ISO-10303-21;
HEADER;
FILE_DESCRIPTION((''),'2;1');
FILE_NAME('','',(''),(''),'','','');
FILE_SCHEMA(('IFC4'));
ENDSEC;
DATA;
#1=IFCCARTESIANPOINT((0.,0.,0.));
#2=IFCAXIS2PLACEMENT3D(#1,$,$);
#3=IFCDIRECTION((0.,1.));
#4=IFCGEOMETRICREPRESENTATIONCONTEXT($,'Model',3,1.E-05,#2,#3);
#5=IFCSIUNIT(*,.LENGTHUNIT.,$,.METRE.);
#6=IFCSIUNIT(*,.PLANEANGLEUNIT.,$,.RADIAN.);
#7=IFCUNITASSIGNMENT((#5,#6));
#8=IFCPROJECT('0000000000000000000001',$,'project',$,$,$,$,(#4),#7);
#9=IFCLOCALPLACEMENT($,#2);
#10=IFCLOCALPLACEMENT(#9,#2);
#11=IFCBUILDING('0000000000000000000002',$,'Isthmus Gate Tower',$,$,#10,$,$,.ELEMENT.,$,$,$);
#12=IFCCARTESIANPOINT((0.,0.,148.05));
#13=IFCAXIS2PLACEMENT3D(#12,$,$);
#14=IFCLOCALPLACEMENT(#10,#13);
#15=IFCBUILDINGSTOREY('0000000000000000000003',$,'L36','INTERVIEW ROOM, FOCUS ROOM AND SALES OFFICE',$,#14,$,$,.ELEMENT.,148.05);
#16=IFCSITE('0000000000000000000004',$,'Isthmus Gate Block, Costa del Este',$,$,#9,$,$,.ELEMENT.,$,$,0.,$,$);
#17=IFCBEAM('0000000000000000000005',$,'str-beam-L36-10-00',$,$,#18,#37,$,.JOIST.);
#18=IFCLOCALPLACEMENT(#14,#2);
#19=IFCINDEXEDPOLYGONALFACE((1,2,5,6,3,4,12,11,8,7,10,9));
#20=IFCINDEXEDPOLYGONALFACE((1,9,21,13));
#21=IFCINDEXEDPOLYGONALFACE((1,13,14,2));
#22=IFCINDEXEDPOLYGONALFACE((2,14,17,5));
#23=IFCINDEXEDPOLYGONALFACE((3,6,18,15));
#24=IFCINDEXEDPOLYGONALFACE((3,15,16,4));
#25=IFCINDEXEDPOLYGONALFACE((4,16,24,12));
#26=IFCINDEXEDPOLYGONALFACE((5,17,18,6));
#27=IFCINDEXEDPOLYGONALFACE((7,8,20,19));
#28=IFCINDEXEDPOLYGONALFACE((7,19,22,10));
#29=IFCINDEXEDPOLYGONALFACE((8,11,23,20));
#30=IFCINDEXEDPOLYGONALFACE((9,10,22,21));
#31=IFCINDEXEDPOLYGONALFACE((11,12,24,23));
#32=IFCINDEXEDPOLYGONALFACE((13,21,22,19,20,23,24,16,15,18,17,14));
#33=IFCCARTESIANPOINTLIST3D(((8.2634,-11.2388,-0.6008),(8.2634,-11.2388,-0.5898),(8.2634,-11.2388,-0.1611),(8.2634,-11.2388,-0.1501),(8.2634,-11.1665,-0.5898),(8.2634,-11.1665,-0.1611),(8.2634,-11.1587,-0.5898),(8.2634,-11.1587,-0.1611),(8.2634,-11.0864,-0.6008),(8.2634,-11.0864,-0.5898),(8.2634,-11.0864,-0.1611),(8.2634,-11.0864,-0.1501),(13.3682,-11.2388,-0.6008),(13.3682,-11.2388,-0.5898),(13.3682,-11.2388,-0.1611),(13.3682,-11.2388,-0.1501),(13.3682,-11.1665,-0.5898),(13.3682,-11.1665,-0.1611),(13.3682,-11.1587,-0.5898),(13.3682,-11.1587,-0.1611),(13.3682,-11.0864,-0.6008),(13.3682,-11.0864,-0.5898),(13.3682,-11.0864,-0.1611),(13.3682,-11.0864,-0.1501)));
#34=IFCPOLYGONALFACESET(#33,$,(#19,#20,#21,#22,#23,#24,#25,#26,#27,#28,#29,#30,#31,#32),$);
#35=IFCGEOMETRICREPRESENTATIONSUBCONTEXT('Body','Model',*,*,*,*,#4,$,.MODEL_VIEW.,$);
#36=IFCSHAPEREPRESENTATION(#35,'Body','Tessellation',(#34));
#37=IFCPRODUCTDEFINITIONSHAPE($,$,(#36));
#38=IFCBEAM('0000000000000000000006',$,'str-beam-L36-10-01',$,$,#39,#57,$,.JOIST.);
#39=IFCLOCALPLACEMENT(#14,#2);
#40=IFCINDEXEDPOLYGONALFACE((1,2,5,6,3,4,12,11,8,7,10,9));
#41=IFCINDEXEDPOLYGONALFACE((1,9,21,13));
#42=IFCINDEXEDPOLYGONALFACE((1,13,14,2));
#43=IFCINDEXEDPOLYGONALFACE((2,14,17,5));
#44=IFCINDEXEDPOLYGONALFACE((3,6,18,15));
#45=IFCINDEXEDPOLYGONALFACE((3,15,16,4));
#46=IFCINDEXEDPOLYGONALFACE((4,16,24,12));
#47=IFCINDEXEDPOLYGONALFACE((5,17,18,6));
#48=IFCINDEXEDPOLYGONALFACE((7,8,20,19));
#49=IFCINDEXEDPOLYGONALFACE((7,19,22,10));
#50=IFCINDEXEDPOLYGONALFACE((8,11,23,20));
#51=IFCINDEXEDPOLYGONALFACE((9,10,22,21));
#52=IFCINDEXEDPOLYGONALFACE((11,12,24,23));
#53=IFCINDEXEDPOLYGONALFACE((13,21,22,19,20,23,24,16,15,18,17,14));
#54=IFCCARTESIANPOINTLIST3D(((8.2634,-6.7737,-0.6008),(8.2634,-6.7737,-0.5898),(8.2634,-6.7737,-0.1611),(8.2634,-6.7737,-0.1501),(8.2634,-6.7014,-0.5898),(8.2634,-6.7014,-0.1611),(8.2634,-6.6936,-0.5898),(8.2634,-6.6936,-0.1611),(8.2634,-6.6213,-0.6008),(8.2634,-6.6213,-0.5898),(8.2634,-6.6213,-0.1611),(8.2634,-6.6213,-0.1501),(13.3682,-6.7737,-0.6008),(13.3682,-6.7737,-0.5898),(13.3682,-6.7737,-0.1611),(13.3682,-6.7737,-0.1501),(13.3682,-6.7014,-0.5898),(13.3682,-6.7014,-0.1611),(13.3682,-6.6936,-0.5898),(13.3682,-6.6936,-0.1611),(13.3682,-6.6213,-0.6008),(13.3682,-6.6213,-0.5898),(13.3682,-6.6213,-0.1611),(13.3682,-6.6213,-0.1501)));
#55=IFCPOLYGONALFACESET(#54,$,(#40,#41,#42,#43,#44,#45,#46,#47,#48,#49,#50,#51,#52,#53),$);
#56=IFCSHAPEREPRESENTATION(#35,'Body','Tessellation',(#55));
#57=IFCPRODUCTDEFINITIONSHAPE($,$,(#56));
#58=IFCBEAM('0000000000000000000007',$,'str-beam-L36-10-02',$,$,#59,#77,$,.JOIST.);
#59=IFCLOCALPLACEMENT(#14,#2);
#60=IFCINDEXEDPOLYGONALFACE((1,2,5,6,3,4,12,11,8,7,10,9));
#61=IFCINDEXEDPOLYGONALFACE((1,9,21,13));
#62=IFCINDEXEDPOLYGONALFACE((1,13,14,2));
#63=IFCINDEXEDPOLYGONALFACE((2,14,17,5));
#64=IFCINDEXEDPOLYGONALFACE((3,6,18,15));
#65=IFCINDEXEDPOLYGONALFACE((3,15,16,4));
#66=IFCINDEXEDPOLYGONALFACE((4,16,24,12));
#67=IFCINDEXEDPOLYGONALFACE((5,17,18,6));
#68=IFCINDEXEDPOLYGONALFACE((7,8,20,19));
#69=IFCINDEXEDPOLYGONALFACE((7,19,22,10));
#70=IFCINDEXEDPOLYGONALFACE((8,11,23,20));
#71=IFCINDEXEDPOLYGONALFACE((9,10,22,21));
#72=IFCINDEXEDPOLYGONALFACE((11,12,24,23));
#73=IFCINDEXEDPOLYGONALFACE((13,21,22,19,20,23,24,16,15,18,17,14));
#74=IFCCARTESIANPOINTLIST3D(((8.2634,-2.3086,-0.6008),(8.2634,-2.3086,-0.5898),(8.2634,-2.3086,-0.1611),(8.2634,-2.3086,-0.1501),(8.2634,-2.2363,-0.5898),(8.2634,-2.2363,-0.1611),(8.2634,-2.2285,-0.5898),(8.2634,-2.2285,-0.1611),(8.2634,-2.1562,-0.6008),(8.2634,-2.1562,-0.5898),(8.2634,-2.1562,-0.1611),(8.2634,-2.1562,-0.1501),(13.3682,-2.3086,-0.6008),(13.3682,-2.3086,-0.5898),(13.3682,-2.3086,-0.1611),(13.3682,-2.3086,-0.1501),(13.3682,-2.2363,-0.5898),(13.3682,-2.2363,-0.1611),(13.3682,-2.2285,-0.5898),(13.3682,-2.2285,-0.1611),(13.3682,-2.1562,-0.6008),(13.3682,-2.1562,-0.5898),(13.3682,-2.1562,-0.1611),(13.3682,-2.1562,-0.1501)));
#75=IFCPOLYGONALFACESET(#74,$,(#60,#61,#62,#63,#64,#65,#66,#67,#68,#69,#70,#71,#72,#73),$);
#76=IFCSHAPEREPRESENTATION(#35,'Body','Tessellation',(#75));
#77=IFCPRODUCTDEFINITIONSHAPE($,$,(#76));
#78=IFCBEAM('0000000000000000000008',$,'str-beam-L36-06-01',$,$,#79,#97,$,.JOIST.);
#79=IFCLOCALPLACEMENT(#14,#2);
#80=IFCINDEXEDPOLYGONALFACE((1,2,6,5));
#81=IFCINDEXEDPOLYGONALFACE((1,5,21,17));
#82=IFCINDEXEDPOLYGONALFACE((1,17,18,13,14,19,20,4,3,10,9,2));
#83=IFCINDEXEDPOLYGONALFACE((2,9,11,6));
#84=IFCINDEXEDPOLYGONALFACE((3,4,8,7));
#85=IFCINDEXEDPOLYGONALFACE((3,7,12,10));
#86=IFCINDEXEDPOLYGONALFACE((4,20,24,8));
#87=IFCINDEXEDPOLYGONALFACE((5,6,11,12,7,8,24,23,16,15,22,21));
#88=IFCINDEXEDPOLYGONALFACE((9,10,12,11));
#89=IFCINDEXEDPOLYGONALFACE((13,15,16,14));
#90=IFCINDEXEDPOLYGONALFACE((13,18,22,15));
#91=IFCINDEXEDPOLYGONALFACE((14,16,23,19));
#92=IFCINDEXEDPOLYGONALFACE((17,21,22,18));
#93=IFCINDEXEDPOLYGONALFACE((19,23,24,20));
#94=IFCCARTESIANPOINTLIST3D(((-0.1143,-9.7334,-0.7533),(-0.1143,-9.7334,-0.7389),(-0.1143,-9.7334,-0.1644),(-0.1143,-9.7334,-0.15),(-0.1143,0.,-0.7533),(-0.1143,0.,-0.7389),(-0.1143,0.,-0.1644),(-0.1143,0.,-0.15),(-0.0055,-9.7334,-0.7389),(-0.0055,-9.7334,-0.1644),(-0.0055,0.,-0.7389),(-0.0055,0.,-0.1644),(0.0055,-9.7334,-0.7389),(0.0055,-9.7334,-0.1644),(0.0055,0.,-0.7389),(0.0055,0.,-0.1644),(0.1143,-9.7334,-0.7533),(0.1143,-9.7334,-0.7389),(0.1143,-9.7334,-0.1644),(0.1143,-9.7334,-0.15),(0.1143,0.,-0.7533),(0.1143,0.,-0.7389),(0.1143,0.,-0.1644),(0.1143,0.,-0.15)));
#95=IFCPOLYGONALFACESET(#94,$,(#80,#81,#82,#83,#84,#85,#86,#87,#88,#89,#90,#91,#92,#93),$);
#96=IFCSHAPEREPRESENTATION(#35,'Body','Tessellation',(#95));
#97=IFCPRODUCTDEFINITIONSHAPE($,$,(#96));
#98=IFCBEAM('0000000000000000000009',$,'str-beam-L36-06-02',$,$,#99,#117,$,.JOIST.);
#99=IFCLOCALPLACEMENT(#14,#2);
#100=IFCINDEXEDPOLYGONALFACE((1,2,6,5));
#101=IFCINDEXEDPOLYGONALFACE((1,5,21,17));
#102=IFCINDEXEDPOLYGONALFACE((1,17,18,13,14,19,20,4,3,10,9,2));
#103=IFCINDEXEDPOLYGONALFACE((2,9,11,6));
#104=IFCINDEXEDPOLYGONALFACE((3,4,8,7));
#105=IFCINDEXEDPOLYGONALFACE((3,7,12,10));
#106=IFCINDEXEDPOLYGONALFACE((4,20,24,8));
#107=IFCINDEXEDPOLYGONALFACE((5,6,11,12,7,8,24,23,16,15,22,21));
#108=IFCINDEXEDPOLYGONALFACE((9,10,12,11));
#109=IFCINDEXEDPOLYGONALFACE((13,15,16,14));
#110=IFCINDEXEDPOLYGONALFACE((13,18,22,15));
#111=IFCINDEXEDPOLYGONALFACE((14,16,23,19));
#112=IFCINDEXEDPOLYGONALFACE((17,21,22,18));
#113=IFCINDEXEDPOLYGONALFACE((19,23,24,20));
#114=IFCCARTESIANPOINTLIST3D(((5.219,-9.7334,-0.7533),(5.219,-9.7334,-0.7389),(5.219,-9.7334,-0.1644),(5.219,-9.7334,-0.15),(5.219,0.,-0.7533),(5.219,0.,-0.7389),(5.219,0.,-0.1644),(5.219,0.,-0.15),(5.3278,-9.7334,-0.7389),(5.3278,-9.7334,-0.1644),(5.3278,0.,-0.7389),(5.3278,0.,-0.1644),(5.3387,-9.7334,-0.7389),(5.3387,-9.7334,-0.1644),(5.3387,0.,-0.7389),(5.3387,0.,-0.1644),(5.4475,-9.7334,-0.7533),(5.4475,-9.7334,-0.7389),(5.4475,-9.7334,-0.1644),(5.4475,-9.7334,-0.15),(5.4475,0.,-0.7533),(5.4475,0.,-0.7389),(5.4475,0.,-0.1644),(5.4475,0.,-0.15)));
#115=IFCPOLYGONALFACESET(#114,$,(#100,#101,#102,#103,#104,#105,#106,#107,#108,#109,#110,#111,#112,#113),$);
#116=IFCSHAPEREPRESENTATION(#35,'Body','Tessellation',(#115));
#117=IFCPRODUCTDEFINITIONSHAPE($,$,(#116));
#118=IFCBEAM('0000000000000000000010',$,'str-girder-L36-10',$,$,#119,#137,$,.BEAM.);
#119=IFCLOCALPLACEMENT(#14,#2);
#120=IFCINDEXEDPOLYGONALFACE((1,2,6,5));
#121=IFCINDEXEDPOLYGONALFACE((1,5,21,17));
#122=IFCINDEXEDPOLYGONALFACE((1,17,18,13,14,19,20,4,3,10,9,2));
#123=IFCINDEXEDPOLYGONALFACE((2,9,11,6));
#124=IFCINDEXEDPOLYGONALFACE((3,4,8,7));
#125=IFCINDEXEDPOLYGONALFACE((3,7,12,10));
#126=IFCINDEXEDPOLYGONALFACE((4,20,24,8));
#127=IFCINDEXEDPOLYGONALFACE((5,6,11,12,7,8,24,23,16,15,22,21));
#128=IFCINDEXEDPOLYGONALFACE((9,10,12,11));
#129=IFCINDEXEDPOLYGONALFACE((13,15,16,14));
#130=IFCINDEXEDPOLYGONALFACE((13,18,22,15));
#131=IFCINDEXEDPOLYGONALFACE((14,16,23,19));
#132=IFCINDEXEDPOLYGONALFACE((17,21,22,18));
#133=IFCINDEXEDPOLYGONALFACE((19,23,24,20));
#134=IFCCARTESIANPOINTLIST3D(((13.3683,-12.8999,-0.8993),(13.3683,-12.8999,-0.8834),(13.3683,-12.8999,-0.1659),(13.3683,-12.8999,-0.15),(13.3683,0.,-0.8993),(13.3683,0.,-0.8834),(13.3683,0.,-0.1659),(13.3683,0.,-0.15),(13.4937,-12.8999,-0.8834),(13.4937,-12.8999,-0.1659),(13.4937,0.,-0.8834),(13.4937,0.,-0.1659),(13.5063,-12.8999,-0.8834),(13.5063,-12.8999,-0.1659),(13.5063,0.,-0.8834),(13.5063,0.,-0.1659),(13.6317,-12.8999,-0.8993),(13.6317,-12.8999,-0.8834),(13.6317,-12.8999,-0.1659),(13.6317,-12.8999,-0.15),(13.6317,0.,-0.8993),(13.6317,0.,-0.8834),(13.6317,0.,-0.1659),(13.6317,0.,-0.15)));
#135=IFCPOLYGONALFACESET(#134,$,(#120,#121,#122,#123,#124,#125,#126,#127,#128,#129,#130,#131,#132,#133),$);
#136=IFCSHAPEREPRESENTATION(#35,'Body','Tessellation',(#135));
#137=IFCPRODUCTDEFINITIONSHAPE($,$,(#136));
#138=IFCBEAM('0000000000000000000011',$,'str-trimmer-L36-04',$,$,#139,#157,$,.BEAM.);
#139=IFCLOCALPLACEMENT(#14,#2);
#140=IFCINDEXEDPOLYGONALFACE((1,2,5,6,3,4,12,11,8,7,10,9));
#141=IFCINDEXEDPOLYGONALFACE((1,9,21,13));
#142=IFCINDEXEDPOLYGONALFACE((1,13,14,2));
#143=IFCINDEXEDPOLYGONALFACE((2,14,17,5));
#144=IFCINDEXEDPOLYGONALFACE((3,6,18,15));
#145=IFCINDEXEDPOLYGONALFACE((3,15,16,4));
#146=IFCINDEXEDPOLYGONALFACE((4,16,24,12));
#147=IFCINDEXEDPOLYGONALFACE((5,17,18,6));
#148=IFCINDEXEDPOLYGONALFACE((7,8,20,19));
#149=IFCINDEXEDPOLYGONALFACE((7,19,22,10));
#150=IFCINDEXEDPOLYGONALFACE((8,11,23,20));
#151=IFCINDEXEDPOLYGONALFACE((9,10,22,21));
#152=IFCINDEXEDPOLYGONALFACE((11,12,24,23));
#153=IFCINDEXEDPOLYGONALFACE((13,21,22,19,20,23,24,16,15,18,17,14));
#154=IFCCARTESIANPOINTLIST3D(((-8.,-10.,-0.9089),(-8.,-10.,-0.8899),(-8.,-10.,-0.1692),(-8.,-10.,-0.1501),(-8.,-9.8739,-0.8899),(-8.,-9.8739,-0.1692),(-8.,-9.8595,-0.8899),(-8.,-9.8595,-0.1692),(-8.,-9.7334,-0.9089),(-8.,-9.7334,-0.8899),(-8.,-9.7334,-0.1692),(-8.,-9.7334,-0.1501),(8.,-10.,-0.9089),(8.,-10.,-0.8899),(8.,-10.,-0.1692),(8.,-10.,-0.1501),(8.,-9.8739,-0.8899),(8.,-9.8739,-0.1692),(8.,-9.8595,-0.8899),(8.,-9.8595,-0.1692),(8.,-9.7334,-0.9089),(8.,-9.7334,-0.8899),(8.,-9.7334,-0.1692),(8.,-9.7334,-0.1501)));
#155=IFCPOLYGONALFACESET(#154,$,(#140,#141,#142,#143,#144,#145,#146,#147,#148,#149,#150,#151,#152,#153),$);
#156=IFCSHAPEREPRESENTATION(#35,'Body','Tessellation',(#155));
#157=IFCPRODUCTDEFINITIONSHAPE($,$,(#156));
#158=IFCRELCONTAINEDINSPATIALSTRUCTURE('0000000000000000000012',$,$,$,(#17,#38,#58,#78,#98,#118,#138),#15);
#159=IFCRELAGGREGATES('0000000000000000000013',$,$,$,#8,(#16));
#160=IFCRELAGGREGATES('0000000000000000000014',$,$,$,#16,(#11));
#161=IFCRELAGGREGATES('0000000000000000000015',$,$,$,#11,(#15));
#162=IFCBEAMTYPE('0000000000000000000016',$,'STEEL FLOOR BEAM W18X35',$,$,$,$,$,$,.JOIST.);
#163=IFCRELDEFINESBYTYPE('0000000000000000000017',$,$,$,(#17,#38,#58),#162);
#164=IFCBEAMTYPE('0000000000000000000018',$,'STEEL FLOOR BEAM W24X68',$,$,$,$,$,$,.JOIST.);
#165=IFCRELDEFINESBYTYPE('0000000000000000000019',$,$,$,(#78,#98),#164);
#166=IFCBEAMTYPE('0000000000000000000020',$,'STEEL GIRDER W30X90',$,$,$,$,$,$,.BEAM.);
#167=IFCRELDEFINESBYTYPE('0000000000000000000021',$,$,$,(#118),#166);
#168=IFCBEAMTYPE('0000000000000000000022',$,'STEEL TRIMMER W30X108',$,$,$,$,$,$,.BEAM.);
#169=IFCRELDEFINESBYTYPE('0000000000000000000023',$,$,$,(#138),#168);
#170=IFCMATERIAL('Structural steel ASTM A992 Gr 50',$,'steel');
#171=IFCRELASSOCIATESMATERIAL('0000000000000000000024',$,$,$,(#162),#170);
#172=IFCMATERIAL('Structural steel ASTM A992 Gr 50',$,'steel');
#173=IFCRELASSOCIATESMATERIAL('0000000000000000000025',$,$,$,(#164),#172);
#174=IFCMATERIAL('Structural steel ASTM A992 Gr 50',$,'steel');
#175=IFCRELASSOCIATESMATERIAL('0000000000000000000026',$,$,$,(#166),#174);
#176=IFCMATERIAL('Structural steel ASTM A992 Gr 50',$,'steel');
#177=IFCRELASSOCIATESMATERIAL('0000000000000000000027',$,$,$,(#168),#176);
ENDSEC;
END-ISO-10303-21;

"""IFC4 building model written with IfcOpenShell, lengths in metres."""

from ifc_helpers import new_model, si_unit, direction, frame, origin, origin_2d, place, context, subcontext, project, spatial, i_section, extrude, material, material_profile, profile_set, type_object, element, save


model = new_model("IFC4")

# Units and contexts
model_context = context("Model", 3, precision=1e-05, world=origin(), true_north=direction((0.0, 1.0)))
body_context = subcontext(model_context, "Body", "Model", "MODEL_VIEW")
ifc_project = project(units=[si_unit("LENGTHUNIT", "METRE"), si_unit("PLANEANGLEUNIT", "RADIAN")], contexts=[model_context])

# Site, building, storey
site_placement = place(None, origin())
site = spatial("IfcSite", under=ifc_project, at=site_placement, Name="Isthmus Gate Block, Costa del Este", CompositionType="ELEMENT", RefElevation=0.0)
building_placement = place(site_placement, origin())
building = spatial("IfcBuilding", under=site, at=building_placement, Name="Isthmus Gate Tower", CompositionType="ELEMENT")
storey_placement = place(building_placement, frame((0.0, 0.0, 148.05)))
storey = spatial("IfcBuildingStorey", under=building, at=storey_placement, Name="L36", Description="INTERVIEW ROOM, FOCUS ROOM AND SALES OFFICE", CompositionType="ELEMENT", Elevation=148.05)

# Beams
ifc_material_1 = material(Name="Structural steel ASTM A992 Gr 50", Category="steel")
ifc_material_profile_1 = material_profile(ifc_material_1, i_section(OverallWidth=0.1523, OverallDepth=0.4507, WebThickness=0.0078, FlangeThickness=0.011, at=origin_2d()), Name="W18X35")
ifc_profile_set_1 = profile_set([ifc_material_profile_1], Name="Structural steel ASTM A992 Gr 50")
beam_type_1 = type_object("IfcBeamType", Name="STEEL FLOOR BEAM W18X35", PredefinedType="JOIST", material=ifc_profile_set_1)
for number, where, z_axis, x_axis, name in (
    (1, (8.2634, -11.1626, -0.3755), (1.0, 0.0, 0.0), (0.0, 1.0, 0.0), "str-beam-L36-10-00"),
    (2, (8.2634, -6.6975, -0.3755), (1.0, 0.0, 0.0), (0.0, 1.0, 0.0), "str-beam-L36-10-01"),
    (3, (8.2634, -2.2324, -0.3755), (1.0, 0.0, 0.0), (0.0, 1.0, 0.0), "str-beam-L36-10-02"),
):
    element("IfcBeam", number, at=place(storey_placement, frame(where, z_axis=z_axis, x_axis=x_axis)), inside=storey, type_object=beam_type_1, Name=name, PredefinedType="JOIST", context=body_context, shape_type="SweptSolid", body=[
        extrude(i_section(OverallWidth=0.1523, OverallDepth=0.4507, WebThickness=0.0078, FlangeThickness=0.011, at=origin_2d()), origin(), (0.0, 0.0, 1.0), 5.1047),
    ])
ifc_material_2 = material(Name="Structural steel ASTM A992 Gr 50", Category="steel")
ifc_material_profile_2 = material_profile(ifc_material_2, i_section(OverallWidth=0.2285, OverallDepth=0.6033, WebThickness=0.011, FlangeThickness=0.0144, at=origin_2d()), Name="W24X68")
ifc_profile_set_2 = profile_set([ifc_material_profile_2], Name="Structural steel ASTM A992 Gr 50")
beam_type_2 = type_object("IfcBeamType", Name="STEEL FLOOR BEAM W24X68", PredefinedType="JOIST", material=ifc_profile_set_2)
for number, where, z_axis, x_axis, name in (
    (4, (0.0, -9.7334, -0.4517), (0.0, 1.0, 0.0), (-1.0, 0.0, 0.0), "str-beam-L36-06-01"),
    (5, (5.3333, -9.7334, -0.4517), (0.0, 1.0, 0.0), (-1.0, 0.0, 0.0), "str-beam-L36-06-02"),
):
    element("IfcBeam", number, at=place(storey_placement, frame(where, z_axis=z_axis, x_axis=x_axis)), inside=storey, type_object=beam_type_2, Name=name, PredefinedType="JOIST", context=body_context, shape_type="SweptSolid", body=[
        extrude(i_section(OverallWidth=0.2285, OverallDepth=0.6033, WebThickness=0.011, FlangeThickness=0.0144, at=origin_2d()), origin(), (0.0, 0.0, 1.0), 9.7334),
    ])
ifc_material_3 = material(Name="Structural steel ASTM A992 Gr 50", Category="steel")
ifc_material_profile_3 = material_profile(ifc_material_3, i_section(OverallWidth=0.2634, OverallDepth=0.7493, WebThickness=0.0127, FlangeThickness=0.0159, at=origin_2d()), Name="W30X90")
ifc_profile_set_3 = profile_set([ifc_material_profile_3], Name="Structural steel ASTM A992 Gr 50")
beam_type_3 = type_object("IfcBeamType", Name="STEEL GIRDER W30X90", PredefinedType="BEAM", material=ifc_profile_set_3)
beam_1_placement = place(storey_placement, frame((13.5, -12.8999, -0.5247), z_axis=(0.0, 1.0, 0.0), x_axis=(-1.0, 0.0, 0.0)))
element("IfcBeam", 6, at=beam_1_placement, inside=storey, type_object=beam_type_3, Name="str-girder-L36-10", PredefinedType="BEAM", context=body_context, shape_type="SweptSolid", body=[
    extrude(i_section(OverallWidth=0.2634, OverallDepth=0.7493, WebThickness=0.0127, FlangeThickness=0.0159, at=origin_2d()), origin(), (0.0, 0.0, 1.0), 12.8999),
])
ifc_material_4 = material(Name="Structural steel ASTM A992 Gr 50", Category="steel")
ifc_material_profile_4 = material_profile(ifc_material_4, i_section(OverallWidth=0.2666, OverallDepth=0.7588, WebThickness=0.0144, FlangeThickness=0.019, at=origin_2d()), Name="W30X108")
ifc_profile_set_4 = profile_set([ifc_material_profile_4], Name="Structural steel ASTM A992 Gr 50")
beam_type_4 = type_object("IfcBeamType", Name="STEEL TRIMMER W30X108", PredefinedType="BEAM", material=ifc_profile_set_4)
beam_2_placement = place(storey_placement, frame((8.0, -9.8667, -0.5295), z_axis=(-1.0, 0.0, 0.0), x_axis=(0.0, -1.0, 0.0)))
element("IfcBeam", 7, at=beam_2_placement, inside=storey, type_object=beam_type_4, Name="str-trimmer-L36-04", PredefinedType="BEAM", context=body_context, shape_type="SweptSolid", body=[
    extrude(i_section(OverallWidth=0.2666, OverallDepth=0.7588, WebThickness=0.0144, FlangeThickness=0.019, at=origin_2d()), origin(), (0.0, 0.0, 1.0), 16.0),
])

save(model, "model.ifc")
